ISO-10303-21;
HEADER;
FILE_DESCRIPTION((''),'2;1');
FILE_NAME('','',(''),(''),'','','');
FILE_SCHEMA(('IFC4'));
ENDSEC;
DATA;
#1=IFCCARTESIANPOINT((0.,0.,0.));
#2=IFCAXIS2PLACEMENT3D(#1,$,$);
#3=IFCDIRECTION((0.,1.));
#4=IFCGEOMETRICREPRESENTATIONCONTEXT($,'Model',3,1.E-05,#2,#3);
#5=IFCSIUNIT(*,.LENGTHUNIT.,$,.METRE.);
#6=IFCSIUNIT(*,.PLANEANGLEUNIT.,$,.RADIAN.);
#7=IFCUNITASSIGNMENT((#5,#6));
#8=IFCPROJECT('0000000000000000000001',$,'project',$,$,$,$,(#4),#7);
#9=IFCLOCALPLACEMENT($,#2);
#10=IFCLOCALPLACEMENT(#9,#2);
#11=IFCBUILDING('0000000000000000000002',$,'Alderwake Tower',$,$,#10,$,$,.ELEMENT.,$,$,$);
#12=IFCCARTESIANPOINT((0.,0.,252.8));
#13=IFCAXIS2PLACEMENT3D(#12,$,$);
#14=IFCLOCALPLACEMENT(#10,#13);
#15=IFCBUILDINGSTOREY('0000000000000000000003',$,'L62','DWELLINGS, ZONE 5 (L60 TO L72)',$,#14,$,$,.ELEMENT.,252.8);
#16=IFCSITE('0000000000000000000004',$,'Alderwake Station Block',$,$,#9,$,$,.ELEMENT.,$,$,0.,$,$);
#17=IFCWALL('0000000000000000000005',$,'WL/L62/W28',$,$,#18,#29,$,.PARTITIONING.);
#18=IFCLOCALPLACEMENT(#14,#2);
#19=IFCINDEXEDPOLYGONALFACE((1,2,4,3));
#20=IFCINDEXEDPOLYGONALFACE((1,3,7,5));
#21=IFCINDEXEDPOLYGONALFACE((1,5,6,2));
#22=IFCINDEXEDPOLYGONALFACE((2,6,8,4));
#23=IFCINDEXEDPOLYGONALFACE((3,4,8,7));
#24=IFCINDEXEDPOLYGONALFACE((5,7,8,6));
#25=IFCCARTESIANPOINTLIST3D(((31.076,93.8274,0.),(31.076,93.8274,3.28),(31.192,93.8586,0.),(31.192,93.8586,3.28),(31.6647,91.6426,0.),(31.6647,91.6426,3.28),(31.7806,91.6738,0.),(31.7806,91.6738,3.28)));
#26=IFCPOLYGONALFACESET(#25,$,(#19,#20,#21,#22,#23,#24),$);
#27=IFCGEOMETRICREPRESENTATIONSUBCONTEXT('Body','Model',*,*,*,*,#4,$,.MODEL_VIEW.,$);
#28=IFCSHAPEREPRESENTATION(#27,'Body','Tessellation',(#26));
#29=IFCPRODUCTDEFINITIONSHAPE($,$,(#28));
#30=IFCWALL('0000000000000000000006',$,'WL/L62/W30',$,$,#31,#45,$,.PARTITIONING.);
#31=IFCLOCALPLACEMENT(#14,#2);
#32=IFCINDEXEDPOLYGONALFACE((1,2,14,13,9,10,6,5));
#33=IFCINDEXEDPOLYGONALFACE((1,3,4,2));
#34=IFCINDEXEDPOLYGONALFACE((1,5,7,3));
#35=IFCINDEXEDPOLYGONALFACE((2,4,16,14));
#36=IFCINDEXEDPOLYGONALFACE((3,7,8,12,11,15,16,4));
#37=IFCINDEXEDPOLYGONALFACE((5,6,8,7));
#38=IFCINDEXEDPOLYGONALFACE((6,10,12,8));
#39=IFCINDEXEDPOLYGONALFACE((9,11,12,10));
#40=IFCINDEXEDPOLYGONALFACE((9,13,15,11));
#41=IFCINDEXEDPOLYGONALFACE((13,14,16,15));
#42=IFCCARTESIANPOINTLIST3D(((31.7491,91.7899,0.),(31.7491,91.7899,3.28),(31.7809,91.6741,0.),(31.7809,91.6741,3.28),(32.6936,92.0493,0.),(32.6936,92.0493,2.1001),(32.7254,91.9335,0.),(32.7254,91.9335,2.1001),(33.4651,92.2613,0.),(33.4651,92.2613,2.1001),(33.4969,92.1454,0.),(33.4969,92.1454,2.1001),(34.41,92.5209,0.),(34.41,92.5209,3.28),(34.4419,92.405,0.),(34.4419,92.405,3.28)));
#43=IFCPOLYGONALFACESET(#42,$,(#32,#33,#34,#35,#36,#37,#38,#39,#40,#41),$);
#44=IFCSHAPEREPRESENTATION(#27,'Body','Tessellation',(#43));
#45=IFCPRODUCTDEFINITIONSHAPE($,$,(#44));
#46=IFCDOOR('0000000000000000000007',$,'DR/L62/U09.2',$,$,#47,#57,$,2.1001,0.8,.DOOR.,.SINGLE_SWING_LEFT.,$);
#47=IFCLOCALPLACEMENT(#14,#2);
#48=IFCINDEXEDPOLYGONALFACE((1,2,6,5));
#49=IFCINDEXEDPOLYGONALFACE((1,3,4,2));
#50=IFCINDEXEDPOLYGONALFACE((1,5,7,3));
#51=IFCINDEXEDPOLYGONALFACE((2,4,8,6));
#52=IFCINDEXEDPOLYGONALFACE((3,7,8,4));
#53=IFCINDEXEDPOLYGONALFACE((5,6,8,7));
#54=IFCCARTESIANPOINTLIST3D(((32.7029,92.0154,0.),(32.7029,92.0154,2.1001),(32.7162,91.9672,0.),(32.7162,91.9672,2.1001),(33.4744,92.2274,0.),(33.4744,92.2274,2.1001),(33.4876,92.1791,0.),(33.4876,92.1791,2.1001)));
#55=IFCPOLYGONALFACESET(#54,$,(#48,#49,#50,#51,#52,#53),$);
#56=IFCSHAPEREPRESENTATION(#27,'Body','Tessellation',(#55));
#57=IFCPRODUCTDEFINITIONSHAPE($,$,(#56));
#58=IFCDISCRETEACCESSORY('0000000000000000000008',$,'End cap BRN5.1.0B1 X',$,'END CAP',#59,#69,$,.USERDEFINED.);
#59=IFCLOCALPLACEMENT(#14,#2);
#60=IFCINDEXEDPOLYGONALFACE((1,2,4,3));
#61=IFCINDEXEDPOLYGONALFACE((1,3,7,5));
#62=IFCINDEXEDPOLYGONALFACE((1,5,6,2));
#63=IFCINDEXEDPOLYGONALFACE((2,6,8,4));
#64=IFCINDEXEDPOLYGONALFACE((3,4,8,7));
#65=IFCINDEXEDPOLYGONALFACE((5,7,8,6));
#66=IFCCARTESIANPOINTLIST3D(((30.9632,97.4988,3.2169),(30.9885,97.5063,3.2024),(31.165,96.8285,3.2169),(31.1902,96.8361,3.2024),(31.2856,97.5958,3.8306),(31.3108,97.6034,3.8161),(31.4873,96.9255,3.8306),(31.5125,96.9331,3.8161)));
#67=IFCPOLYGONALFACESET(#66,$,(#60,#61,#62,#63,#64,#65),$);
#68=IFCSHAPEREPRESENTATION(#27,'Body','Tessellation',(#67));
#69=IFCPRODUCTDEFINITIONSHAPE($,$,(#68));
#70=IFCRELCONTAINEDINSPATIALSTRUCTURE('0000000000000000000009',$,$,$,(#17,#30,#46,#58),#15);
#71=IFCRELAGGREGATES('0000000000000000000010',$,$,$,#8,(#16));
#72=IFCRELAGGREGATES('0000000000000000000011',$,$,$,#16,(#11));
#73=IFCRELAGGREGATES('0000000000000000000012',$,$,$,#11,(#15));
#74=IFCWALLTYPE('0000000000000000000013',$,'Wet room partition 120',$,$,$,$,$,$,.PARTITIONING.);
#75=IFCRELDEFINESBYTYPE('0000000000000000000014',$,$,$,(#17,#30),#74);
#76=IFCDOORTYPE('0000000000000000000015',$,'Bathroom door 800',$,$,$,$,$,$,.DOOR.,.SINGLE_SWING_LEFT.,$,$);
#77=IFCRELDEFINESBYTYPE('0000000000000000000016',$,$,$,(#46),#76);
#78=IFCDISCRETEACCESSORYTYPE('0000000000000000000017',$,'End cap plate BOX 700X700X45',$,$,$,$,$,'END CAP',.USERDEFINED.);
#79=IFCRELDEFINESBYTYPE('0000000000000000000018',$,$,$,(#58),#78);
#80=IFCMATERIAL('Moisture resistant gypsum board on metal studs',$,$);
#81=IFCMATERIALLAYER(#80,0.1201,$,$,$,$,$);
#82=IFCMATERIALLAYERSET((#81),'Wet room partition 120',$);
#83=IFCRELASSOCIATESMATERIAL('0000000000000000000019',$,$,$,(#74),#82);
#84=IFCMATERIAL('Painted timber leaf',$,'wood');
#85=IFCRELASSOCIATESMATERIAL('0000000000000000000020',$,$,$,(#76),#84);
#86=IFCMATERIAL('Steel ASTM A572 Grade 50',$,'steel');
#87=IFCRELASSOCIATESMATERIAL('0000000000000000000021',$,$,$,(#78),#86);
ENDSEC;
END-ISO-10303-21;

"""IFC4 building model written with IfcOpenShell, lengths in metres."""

from ifc_helpers import new_model, si_unit, direction, frame, frame_2d, origin, origin_2d, place, context, subcontext, project, spatial, rectangle, extrude, material, layer, layer_set, material_profile, profile_set, type_object, element, fill, save


model = new_model("IFC4")

# Units and contexts
model_context = context("Model", 3, precision=1e-05, world=origin(), true_north=direction((0.0, 1.0)))
body_context = subcontext(model_context, "Body", "Model", "MODEL_VIEW")
ifc_project = project(units=[si_unit("LENGTHUNIT", "METRE"), si_unit("PLANEANGLEUNIT", "RADIAN")], contexts=[model_context])

# Site, building, storey
site_placement = place(None, origin())
site = spatial("IfcSite", under=ifc_project, at=site_placement, Name="Alderwake Station Block", CompositionType="ELEMENT", RefElevation=0.0)
building_placement = place(site_placement, origin())
building = spatial("IfcBuilding", under=site, at=building_placement, Name="Alderwake Tower", CompositionType="ELEMENT")
storey_placement = place(building_placement, frame((0.0, 0.0, 252.8)))
storey = spatial("IfcBuildingStorey", under=building, at=storey_placement, Name="L62", Description="DWELLINGS, ZONE 5 (L60 TO L72)", CompositionType="ELEMENT", Elevation=252.8)

# Wall
ifc_material_1 = material(Name="Moisture resistant gypsum board on metal studs")
ifc_layer_1 = layer(ifc_material_1, 0.1201)
ifc_layer_set_1 = layer_set([ifc_layer_1], Name="Wet room partition 120")
wall_type_1 = type_object("IfcWallType", Name="Wet room partition 120", PredefinedType="PARTITIONING", material=ifc_layer_set_1)
wall_1_placement = place(storey_placement, frame((31.134, 93.843, 0.0), z_axis=(0.0, 0.0, 1.0), x_axis=(0.26014, -0.965571, 0.0)))
element("IfcWall", 1, at=wall_1_placement, inside=storey, type_object=wall_type_1, Name="WL/L62/W28", PredefinedType="PARTITIONING", context=body_context, shape_type="SweptSolid", body=[
    extrude(rectangle(XDim=2.2627, YDim=0.1201, at=frame_2d((1.1313, 0.0))), origin(), (0.0, 0.0, 1.0), 3.28),
])

# Wall, opening, door
wall_2_placement = place(storey_placement, frame((31.7649, 91.7319, 0.0), z_axis=(0.0, 0.0, 1.0), x_axis=(0.964278, 0.264891, 0.0)))
wall_2 = element("IfcWall", 2, at=wall_2_placement, inside=storey, type_object=wall_type_1, Name="WL/L62/W30", PredefinedType="PARTITIONING", context=body_context, shape_type="SweptSolid", body=[
    extrude(rectangle(XDim=2.7595, YDim=0.1201, at=frame_2d((1.3799, 0.0))), origin(), (0.0, 0.0, 1.0), 3.28),
])
opening_1_placement = place(wall_2_placement, frame((0.9797, 0.0, 0.0)))
opening_1 = element("IfcOpeningElement", 3, at=opening_1_placement, cuts=wall_2, PredefinedType="OPENING", context=body_context, shape_type="SweptSolid", body=[
    extrude(rectangle(XDim=0.8, YDim=2.1001, at=frame_2d((0.3999, 1.05))), frame((0.0, 0.0701, 0.0), z_axis=(0.0, -1.0, 0.0), x_axis=(1.0, 0.0, 0.0)), (0.0, 0.0, 1.0), 0.1401),
])
ifc_material_2 = material(Name="Painted timber leaf", Category="wood")
door_type_1 = type_object("IfcDoorType", Name="Bathroom door 800", OperationType="SINGLE_SWING_LEFT", PredefinedType="DOOR", material=ifc_material_2)
door_1_placement = place(opening_1_placement, origin())
door_1 = element("IfcDoor", 4, at=door_1_placement, inside=storey, type_object=door_type_1, Name="DR/L62/U09.2", OperationType="SINGLE_SWING_LEFT", OverallHeight=2.1001, OverallWidth=0.8, PredefinedType="DOOR", context=body_context, shape_type="SweptSolid", body=[
    extrude(rectangle(XDim=0.8, YDim=2.1001, at=frame_2d((0.3999, 1.05))), frame((0.0, 0.0249, 0.0), z_axis=(0.0, -1.0, 0.0), x_axis=(1.0, 0.0, 0.0)), (0.0, 0.0, 1.0), 0.05),
])
fill(opening_1, door_1)

# Discrete accessory
ifc_material_3 = material(Name="Steel ASTM A572 Grade 50", Category="steel")
ifc_material_profile_1 = material_profile(ifc_material_3, rectangle(XDim=0.7, YDim=0.7, at=origin_2d()), Name="BOX 700X700X45 cap")
ifc_profile_set_1 = profile_set([ifc_material_profile_1], Name="Steel ASTM A572 Grade 50")
discrete_accessory_type = type_object("IfcDiscreteAccessoryType", Name="End cap plate BOX 700X700X45", ElementType="END CAP", PredefinedType="USERDEFINED", material=ifc_profile_set_1)
discrete_accessory_placement = place(storey_placement, frame((31.2505, 97.2197, 3.5093), z_axis=(-0.839565, -0.252685, 0.480916), x_axis=(0.288201, -0.95757, 0.0)))
element("IfcDiscreteAccessory", 5, at=discrete_accessory_placement, inside=storey, type_object=discrete_accessory_type, Name="End cap BRN5.1.0B1 X", ObjectType="END CAP", PredefinedType="USERDEFINED", context=body_context, shape_type="SweptSolid", body=[
    extrude(rectangle(XDim=0.7, YDim=0.7, at=origin_2d()), origin(), (0.0, 0.0, 1.0), 0.03),
])

save(model, "model.ifc")
